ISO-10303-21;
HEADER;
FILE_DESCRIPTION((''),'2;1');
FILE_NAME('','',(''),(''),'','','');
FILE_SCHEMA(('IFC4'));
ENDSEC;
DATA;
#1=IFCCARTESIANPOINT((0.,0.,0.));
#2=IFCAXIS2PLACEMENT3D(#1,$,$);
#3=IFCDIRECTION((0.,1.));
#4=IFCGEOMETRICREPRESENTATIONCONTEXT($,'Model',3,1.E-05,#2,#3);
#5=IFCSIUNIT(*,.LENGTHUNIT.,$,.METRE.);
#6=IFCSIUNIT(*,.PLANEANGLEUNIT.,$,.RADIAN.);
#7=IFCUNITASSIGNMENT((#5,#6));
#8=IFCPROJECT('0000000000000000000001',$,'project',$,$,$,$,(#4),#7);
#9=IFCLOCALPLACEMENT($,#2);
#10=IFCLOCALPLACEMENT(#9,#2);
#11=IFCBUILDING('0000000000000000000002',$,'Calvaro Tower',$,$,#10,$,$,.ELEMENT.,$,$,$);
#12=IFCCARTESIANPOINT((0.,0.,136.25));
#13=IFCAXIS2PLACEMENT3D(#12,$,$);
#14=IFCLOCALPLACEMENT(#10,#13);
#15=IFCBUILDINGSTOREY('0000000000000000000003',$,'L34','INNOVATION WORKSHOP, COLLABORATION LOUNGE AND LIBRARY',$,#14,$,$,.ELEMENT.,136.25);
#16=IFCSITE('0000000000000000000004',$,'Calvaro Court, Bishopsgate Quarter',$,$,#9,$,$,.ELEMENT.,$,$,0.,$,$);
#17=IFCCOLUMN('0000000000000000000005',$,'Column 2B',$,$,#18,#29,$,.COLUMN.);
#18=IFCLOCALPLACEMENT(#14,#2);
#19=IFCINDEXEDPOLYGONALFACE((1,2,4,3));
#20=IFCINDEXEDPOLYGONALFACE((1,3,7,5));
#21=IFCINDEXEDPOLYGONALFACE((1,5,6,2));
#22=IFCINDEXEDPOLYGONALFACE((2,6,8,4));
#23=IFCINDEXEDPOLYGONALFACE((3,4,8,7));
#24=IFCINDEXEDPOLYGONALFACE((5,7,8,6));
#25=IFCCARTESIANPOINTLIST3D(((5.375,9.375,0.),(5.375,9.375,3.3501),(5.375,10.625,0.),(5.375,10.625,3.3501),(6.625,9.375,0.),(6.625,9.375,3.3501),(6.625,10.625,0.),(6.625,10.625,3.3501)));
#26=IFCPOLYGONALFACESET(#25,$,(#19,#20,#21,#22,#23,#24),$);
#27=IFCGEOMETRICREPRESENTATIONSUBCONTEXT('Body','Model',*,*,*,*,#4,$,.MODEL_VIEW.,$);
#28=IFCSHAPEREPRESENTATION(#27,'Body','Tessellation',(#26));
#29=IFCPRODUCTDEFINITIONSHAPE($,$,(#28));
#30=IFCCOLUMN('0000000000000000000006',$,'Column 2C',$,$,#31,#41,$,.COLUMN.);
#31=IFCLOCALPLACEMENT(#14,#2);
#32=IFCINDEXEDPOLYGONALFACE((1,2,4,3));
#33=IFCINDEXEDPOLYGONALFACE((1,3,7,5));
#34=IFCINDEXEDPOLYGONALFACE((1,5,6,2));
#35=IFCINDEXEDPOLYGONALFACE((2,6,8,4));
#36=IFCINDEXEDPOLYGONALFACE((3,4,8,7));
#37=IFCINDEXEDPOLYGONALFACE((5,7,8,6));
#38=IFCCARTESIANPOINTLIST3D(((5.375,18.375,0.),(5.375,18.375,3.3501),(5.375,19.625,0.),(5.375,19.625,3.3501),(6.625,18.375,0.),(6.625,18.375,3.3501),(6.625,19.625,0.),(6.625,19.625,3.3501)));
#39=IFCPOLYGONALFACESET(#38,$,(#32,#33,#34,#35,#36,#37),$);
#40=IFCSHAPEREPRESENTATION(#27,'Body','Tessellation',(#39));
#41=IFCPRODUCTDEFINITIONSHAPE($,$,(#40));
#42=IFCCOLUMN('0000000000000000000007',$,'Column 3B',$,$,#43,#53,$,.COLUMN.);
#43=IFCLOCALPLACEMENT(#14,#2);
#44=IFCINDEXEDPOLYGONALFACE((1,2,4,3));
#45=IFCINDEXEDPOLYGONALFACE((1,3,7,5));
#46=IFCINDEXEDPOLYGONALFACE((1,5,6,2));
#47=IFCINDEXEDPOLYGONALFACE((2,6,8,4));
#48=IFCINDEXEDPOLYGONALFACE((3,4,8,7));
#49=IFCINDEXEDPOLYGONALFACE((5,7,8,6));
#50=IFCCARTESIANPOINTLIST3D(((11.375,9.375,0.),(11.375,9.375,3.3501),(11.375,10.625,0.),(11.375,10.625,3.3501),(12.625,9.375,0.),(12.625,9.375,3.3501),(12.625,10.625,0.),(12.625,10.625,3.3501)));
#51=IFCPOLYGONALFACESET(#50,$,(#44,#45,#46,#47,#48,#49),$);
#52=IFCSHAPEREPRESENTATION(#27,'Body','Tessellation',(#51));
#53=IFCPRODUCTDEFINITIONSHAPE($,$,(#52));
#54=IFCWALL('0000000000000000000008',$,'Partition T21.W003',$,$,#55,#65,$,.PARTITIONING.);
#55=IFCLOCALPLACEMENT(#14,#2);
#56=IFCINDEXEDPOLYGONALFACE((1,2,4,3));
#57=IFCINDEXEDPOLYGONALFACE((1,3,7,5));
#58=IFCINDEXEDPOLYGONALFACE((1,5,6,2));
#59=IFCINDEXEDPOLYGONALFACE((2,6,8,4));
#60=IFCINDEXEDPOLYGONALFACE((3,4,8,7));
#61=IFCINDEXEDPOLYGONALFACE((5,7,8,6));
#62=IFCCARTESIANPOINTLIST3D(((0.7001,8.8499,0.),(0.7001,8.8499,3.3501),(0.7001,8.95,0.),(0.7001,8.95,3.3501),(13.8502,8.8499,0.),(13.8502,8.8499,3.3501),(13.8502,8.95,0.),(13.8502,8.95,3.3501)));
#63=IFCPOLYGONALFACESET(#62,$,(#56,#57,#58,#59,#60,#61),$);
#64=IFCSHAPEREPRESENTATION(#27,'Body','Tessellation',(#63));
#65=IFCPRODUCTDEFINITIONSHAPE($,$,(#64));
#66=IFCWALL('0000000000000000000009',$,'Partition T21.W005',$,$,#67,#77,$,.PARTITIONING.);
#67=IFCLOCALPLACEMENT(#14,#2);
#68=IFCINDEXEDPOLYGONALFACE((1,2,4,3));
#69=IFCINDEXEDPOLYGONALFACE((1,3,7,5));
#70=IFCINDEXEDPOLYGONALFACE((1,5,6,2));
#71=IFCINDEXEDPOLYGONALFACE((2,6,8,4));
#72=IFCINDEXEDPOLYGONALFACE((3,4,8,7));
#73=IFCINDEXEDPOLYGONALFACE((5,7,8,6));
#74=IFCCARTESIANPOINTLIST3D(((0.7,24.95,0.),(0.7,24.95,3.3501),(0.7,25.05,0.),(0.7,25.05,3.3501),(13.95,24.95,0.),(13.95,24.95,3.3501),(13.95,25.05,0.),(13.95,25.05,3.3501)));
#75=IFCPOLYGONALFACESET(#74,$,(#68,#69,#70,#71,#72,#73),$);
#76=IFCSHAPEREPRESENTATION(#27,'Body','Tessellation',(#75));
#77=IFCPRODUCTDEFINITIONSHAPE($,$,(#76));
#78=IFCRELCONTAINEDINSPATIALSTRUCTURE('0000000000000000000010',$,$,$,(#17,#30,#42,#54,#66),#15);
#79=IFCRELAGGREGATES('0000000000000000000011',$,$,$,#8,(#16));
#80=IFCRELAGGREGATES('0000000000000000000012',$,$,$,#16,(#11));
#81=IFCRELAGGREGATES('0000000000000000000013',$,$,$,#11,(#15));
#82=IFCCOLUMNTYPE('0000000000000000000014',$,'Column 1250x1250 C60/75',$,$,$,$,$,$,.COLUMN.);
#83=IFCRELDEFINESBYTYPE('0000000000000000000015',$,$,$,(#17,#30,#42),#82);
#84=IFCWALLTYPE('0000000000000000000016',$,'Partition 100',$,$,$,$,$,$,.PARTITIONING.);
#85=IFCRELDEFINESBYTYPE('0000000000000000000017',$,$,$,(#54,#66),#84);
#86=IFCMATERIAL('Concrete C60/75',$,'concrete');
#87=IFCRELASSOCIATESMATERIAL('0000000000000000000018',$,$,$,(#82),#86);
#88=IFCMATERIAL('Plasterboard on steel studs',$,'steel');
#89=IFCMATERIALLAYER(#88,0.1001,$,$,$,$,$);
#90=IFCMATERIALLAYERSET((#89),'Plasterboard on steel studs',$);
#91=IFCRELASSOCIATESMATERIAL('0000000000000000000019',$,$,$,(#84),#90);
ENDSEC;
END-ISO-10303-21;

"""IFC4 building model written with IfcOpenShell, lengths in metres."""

from ifc_helpers import new_model, si_unit, direction, frame, frame_2d, origin, origin_2d, place, context, subcontext, project, spatial, rectangle, extrude, material, layer, layer_set, material_profile, profile_set, type_object, element, save


model = new_model("IFC4")

# Units and contexts
model_context = context("Model", 3, precision=1e-05, world=origin(), true_north=direction((0.0, 1.0)))
body_context = subcontext(model_context, "Body", "Model", "MODEL_VIEW")
ifc_project = project(units=[si_unit("LENGTHUNIT", "METRE"), si_unit("PLANEANGLEUNIT", "RADIAN")], contexts=[model_context])

# Site, building, storey
site_placement = place(None, origin())
site = spatial("IfcSite", under=ifc_project, at=site_placement, Name="Calvaro Court, Bishopsgate Quarter", CompositionType="ELEMENT", RefElevation=0.0)
building_placement = place(site_placement, origin())
building = spatial("IfcBuilding", under=site, at=building_placement, Name="Calvaro Tower", CompositionType="ELEMENT")
storey_placement = place(building_placement, frame((0.0, 0.0, 136.25)))
storey = spatial("IfcBuildingStorey", under=building, at=storey_placement, Name="L34", Description="INNOVATION WORKSHOP, COLLABORATION LOUNGE AND LIBRARY", CompositionType="ELEMENT", Elevation=136.25)

# Columns
ifc_material_1 = material(Name="Concrete C60/75", Category="concrete")
ifc_material_profile = material_profile(ifc_material_1, rectangle(XDim=1.25, YDim=1.25, at=origin_2d()), Name="RC 1250x1250")
ifc_profile_set = profile_set([ifc_material_profile], Name="Concrete C60/75")
column_type = type_object("IfcColumnType", Name="Column 1250x1250 C60/75", PredefinedType="COLUMN", material=ifc_profile_set)
for number, where, z_axis, x_axis, name in (
    (1, (6.0, 10.0, 0.0), (0.0, 0.0, 1.0), (1.0, 0.0, 0.0), "Column 2B"),
    (2, (6.0, 19.0, 0.0), (0.0, 0.0, 1.0), (1.0, 0.0, 0.0), "Column 2C"),
    (3, (12.0, 10.0, 0.0), (0.0, 0.0, 1.0), (1.0, 0.0, 0.0), "Column 3B"),
):
    element("IfcColumn", number, at=place(storey_placement, frame(where, z_axis=z_axis, x_axis=x_axis)), inside=storey, type_object=column_type, Name=name, PredefinedType="COLUMN", context=body_context, shape_type="SweptSolid", body=[
        extrude(rectangle(XDim=1.25, YDim=1.25, at=origin_2d()), origin(), (0.0, 0.0, 1.0), 3.3501),
    ])

# Walls
ifc_material_2 = material(Name="Plasterboard on steel studs", Category="steel")
ifc_layer = layer(ifc_material_2, 0.1001)
ifc_layer_set = layer_set([ifc_layer], Name="Plasterboard on steel studs")
wall_type = type_object("IfcWallType", Name="Partition 100", PredefinedType="PARTITIONING", material=ifc_layer_set)
wall_1_placement = place(storey_placement, frame((0.7, 8.8999, 0.0), z_axis=(0.0, 0.0, 1.0), x_axis=(1.0, 0.0, 0.0)))
element("IfcWall", 4, at=wall_1_placement, inside=storey, type_object=wall_type, Name="Partition T21.W003", PredefinedType="PARTITIONING", context=body_context, shape_type="SweptSolid", body=[
    extrude(rectangle(XDim=13.1501, YDim=0.1001, at=frame_2d((6.5752, 0.0))), origin(), (0.0, 0.0, 1.0), 3.3501),
])
wall_2_placement = place(storey_placement, frame((0.7, 25.0, 0.0), z_axis=(0.0, 0.0, 1.0), x_axis=(1.0, 0.0, 0.0)))
element("IfcWall", 5, at=wall_2_placement, inside=storey, type_object=wall_type, Name="Partition T21.W005", PredefinedType="PARTITIONING", context=body_context, shape_type="SweptSolid", body=[
    extrude(rectangle(XDim=13.25, YDim=0.1001, at=frame_2d((6.625, 0.0))), origin(), (0.0, 0.0, 1.0), 3.3501),
])

save(model, "model.ifc")
